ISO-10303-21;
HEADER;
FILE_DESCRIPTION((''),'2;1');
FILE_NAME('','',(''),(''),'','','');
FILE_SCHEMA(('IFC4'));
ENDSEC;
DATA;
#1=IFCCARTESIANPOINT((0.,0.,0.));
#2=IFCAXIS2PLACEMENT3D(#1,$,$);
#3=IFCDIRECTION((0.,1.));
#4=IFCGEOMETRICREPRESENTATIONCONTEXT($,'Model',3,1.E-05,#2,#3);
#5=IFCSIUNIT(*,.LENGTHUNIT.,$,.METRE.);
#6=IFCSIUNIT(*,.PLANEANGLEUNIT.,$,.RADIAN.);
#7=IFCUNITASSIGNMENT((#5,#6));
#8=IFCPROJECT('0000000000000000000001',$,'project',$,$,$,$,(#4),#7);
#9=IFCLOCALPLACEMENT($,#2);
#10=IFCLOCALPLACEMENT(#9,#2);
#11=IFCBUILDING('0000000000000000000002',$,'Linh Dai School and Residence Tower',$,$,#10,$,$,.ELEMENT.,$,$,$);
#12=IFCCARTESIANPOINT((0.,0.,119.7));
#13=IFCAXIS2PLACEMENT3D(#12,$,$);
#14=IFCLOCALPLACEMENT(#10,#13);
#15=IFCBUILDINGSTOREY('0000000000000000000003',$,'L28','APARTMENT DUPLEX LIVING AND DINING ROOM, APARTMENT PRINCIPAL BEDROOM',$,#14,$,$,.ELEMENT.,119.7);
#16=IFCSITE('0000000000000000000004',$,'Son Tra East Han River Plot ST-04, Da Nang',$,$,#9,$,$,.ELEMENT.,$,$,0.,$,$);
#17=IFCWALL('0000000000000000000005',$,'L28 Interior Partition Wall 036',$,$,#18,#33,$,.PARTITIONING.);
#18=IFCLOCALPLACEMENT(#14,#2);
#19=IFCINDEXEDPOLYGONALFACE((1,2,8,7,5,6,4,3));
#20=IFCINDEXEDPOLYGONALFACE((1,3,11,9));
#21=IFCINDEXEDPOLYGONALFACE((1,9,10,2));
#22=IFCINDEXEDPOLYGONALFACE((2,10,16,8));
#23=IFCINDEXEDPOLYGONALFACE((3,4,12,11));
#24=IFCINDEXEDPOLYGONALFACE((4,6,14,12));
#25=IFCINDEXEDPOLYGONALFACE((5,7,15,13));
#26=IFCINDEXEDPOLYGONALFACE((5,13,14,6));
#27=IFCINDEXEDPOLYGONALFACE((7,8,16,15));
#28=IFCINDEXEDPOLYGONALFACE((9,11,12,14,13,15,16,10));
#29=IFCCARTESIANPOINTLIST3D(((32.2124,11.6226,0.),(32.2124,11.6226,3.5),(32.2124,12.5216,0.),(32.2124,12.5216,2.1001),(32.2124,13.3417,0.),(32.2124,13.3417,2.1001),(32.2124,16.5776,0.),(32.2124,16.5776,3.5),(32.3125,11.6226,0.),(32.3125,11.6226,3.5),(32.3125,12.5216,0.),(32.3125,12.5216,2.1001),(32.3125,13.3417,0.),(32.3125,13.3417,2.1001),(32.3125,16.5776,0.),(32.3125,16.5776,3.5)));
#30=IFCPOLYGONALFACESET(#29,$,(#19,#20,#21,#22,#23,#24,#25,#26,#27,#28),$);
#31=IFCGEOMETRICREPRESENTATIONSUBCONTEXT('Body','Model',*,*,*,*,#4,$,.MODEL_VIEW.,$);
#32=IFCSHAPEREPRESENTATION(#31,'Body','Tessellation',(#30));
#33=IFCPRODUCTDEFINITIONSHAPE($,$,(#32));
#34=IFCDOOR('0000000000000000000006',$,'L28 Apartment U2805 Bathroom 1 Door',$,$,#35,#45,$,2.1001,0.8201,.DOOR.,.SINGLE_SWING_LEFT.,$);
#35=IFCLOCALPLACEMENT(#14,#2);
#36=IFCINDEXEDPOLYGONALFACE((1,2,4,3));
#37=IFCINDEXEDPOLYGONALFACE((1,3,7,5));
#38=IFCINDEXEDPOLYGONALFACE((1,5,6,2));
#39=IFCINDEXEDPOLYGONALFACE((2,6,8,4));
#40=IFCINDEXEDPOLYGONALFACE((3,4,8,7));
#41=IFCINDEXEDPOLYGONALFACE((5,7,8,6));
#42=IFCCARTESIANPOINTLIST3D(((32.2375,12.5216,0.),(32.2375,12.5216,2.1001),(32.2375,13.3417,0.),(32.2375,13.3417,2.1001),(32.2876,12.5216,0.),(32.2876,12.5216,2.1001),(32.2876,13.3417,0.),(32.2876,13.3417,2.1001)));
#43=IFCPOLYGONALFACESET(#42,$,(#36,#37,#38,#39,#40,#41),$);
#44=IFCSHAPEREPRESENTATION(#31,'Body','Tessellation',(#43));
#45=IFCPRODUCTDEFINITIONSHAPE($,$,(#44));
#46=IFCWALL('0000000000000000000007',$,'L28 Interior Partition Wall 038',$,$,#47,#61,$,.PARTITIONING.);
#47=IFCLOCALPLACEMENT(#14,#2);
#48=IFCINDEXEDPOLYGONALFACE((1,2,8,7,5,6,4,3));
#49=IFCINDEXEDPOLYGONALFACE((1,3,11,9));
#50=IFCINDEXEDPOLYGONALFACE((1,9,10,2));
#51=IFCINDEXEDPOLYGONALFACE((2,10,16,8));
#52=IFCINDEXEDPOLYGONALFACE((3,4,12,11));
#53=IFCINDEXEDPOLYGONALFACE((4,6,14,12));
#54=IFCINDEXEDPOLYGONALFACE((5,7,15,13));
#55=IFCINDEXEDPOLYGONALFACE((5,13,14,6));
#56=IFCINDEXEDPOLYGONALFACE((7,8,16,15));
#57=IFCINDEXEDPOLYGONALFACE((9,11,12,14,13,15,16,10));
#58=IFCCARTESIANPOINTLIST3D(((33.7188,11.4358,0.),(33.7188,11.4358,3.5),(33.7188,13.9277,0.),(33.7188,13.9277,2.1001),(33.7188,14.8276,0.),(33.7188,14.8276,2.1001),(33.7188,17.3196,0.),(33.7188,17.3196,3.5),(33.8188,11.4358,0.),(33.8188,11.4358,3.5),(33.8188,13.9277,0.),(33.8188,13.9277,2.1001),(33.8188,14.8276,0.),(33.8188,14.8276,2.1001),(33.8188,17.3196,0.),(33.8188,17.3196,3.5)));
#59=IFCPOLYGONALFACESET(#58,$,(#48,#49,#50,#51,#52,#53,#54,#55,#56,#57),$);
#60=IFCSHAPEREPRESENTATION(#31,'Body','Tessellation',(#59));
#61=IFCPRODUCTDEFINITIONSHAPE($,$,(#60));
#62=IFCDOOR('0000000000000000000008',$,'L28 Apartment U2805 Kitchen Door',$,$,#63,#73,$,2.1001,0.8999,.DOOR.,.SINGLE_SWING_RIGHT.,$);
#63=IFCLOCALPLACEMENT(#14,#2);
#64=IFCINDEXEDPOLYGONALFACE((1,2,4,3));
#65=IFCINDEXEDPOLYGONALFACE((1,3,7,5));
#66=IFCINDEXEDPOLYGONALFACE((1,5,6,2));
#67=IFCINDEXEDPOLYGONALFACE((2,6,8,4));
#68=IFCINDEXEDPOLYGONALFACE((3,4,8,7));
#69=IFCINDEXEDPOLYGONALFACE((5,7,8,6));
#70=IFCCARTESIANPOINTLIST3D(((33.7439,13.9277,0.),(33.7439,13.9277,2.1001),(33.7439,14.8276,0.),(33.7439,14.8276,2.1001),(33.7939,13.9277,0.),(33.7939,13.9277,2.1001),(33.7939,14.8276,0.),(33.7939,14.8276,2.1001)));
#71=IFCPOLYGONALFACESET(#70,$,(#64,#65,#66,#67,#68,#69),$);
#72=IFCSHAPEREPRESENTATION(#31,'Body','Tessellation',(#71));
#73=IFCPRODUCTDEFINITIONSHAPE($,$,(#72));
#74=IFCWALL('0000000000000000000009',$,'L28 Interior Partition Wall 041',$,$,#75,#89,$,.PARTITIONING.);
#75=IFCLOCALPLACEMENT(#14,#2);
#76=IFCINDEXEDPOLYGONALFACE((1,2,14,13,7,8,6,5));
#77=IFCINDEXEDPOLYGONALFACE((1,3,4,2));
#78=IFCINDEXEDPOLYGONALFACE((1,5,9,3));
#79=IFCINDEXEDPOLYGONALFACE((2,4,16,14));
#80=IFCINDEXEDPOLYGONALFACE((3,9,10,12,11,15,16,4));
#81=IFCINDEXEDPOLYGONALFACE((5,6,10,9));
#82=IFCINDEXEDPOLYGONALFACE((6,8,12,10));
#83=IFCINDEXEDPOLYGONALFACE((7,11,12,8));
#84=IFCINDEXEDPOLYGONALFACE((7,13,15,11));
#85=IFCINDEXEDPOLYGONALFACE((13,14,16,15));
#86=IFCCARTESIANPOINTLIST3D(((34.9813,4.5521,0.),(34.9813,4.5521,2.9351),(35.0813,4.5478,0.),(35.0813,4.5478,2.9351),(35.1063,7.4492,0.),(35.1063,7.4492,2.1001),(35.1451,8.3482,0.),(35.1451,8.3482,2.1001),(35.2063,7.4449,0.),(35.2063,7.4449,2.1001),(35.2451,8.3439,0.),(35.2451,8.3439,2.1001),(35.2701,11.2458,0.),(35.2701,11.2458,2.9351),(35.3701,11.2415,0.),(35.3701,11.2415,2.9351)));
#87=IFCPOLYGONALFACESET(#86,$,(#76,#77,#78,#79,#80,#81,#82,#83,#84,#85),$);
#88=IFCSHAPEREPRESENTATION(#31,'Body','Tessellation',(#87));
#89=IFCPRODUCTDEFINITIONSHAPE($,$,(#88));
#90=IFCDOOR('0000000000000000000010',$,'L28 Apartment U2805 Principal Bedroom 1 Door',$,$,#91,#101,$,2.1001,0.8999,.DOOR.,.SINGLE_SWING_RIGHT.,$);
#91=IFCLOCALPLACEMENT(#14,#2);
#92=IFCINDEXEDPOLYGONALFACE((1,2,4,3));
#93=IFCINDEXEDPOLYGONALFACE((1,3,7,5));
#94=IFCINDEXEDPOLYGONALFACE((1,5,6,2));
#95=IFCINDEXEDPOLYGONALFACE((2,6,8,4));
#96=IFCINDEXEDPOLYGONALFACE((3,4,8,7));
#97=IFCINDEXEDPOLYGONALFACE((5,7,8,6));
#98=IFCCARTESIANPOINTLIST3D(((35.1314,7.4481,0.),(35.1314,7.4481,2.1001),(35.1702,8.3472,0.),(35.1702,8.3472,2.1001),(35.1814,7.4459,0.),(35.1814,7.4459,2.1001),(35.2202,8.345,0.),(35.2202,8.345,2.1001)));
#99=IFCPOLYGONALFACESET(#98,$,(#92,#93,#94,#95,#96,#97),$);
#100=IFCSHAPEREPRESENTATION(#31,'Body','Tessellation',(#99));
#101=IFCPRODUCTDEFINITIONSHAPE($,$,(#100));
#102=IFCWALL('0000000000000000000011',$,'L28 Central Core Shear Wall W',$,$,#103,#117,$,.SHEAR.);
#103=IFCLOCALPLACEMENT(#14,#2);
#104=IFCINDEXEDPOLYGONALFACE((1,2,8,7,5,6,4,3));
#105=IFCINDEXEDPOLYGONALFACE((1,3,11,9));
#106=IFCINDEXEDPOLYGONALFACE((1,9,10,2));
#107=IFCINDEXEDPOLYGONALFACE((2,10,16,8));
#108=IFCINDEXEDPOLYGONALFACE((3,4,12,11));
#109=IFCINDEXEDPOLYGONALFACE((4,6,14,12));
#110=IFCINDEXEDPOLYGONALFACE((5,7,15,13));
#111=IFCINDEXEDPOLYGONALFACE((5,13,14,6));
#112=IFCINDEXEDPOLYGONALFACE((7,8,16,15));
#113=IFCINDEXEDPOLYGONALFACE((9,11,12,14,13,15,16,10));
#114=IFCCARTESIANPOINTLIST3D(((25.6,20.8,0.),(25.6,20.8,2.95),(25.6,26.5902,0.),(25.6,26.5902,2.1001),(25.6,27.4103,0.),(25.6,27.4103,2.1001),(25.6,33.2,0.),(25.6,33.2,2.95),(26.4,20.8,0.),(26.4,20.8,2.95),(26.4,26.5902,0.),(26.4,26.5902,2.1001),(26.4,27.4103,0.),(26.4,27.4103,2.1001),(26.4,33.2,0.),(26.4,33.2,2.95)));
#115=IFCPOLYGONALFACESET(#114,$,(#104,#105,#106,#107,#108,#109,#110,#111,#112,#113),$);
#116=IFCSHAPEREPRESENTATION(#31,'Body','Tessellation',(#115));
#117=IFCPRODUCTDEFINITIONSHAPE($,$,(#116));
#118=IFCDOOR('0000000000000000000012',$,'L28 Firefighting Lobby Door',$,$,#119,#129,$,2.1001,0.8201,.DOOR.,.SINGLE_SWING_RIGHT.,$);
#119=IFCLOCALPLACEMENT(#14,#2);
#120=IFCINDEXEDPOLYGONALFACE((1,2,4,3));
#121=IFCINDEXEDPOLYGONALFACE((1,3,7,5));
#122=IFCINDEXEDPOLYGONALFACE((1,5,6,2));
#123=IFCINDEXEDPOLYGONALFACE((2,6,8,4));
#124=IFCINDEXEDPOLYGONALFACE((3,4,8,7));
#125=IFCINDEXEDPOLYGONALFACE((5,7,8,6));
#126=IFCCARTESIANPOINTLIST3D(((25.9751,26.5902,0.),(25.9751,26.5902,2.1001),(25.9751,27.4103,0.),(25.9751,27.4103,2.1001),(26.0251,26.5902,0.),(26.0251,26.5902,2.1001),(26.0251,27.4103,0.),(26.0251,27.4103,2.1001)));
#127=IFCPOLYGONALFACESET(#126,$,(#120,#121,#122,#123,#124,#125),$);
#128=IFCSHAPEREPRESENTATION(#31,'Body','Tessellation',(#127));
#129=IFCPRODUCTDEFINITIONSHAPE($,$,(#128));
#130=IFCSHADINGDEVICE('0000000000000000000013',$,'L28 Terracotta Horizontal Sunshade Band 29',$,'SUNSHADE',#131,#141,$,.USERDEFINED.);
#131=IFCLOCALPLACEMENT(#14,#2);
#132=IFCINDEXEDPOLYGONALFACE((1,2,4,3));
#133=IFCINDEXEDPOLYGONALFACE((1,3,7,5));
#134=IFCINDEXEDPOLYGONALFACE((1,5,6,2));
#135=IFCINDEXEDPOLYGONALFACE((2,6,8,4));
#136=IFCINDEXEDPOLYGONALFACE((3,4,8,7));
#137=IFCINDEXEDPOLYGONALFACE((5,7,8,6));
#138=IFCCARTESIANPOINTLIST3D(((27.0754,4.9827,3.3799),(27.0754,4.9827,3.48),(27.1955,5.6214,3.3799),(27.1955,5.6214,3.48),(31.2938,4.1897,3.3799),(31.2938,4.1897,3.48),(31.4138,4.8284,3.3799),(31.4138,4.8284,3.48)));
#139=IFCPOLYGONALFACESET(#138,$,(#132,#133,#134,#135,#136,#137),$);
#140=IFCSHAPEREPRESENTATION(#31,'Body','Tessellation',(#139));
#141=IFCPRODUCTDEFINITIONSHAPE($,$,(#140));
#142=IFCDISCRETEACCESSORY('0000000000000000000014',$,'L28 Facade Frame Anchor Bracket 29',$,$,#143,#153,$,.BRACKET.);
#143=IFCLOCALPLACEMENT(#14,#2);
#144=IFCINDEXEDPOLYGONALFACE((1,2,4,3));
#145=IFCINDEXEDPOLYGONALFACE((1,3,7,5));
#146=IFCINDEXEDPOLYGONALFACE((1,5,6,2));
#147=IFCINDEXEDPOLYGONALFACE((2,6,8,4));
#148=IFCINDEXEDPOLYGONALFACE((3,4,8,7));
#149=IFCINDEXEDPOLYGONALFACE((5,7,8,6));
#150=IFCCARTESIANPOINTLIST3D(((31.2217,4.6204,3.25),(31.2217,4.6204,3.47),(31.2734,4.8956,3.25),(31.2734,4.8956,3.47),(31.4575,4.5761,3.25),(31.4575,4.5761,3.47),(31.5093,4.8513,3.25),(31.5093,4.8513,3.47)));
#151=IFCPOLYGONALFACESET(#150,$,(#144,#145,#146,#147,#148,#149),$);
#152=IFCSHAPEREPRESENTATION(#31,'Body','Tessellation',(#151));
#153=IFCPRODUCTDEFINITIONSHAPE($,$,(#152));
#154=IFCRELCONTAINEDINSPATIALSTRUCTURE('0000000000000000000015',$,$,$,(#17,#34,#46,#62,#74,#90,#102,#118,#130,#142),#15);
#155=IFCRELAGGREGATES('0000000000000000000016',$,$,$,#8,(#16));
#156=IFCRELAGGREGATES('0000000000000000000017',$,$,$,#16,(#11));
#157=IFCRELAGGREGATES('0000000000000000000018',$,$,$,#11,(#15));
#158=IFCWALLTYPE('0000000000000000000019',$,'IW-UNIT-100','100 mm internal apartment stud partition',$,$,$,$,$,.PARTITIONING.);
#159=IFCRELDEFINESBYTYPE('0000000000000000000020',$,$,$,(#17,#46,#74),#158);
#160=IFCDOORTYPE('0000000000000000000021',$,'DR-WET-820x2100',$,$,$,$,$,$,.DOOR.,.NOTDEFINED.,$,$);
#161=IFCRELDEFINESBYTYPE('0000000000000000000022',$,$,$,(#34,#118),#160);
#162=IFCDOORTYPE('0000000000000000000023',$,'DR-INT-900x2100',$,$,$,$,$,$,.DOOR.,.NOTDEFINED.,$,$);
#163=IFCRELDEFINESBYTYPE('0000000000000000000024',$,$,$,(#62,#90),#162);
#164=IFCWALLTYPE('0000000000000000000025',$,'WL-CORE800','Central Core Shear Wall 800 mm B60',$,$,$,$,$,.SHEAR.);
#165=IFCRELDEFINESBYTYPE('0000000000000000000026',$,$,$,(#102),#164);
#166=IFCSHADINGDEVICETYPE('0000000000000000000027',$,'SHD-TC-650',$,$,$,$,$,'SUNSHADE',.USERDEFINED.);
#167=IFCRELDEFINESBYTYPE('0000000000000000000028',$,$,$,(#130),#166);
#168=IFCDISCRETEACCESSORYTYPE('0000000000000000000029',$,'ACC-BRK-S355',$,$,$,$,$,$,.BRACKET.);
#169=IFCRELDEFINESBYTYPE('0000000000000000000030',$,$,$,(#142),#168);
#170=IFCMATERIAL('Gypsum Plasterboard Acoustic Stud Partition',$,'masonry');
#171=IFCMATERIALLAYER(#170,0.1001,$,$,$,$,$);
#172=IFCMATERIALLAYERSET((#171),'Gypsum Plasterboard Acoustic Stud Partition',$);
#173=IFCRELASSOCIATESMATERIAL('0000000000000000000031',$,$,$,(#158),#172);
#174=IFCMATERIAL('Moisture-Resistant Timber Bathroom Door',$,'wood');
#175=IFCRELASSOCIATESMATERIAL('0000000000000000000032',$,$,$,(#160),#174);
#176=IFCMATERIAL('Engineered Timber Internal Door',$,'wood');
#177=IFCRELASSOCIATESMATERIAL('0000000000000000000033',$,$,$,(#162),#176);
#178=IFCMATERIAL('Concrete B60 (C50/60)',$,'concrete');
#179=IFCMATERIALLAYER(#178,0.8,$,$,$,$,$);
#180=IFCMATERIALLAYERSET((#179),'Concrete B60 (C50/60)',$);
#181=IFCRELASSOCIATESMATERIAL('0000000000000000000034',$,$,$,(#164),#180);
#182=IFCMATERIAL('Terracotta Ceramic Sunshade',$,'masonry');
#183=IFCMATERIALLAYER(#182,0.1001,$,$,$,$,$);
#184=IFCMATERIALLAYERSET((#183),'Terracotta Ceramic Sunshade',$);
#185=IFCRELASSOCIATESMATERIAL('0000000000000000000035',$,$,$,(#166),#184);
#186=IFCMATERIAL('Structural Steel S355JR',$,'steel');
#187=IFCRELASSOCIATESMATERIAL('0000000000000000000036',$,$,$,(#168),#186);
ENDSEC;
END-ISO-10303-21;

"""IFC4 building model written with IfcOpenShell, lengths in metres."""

from ifc_helpers import new_model, si_unit, direction, frame, frame_2d, origin, origin_2d, place, context, subcontext, project, spatial, rectangle, extrude, source, transform, mapped, material, layer, layer_set, type_object, element, fill, save


model = new_model("IFC4")

# Units and contexts
model_context = context("Model", 3, precision=1e-05, world=origin(), true_north=direction((0.0, 1.0)))
body_context = subcontext(model_context, "Body", "Model", "MODEL_VIEW")
ifc_project = project(units=[si_unit("LENGTHUNIT", "METRE"), si_unit("PLANEANGLEUNIT", "RADIAN")], contexts=[model_context])

# Site, building, storey
site_placement = place(None, origin())
site = spatial("IfcSite", under=ifc_project, at=site_placement, Name="Son Tra East Han River Plot ST-04, Da Nang", CompositionType="ELEMENT", RefElevation=0.0)
building_placement = place(site_placement, origin())
building = spatial("IfcBuilding", under=site, at=building_placement, Name="Linh Dai School and Residence Tower", CompositionType="ELEMENT")
storey_placement = place(building_placement, frame((0.0, 0.0, 119.7)))
storey = spatial("IfcBuildingStorey", under=building, at=storey_placement, Name="L28", Description="APARTMENT DUPLEX LIVING AND DINING ROOM, APARTMENT PRINCIPAL BEDROOM", CompositionType="ELEMENT", Elevation=119.7)

# Shared definitions
ifc_material_1 = material(Name="Structural Steel S355JR", Category="steel")

# Shared definitions
ifc_material_2 = material(Name="Gypsum Plasterboard Acoustic Stud Partition", Category="masonry")
ifc_layer_1 = layer(ifc_material_2, 0.1001)
ifc_layer_set_1 = layer_set([ifc_layer_1], Name="Gypsum Plasterboard Acoustic Stud Partition")
wall_type_1 = type_object("IfcWallType", Name="IW-UNIT-100", Description="100 mm internal apartment stud partition", PredefinedType="PARTITIONING", material=ifc_layer_set_1)

# Walls, openings, doors
wall_1_placement = place(storey_placement, frame((32.2625, 11.6226, 0.0), z_axis=(0.0, 0.0, 1.0), x_axis=(0.0, 1.0, 0.0)))
wall_1 = element("IfcWall", 1, at=wall_1_placement, inside=storey, type_object=wall_type_1, Name="L28 Interior Partition Wall 036", PredefinedType="PARTITIONING", context=body_context, shape_type="SweptSolid", body=[
    extrude(rectangle(XDim=4.9551, YDim=0.1001, at=frame_2d((2.4775, 0.0))), origin(), (0.0, 0.0, 1.0), 3.5),
])
opening_1_placement = place(wall_1_placement, frame((0.8989, 0.0, 0.0)))
opening_1 = element("IfcOpeningElement", 2, at=opening_1_placement, cuts=wall_1, PredefinedType="OPENING", context=body_context, shape_type="SweptSolid", body=[
    extrude(rectangle(XDim=0.8201, YDim=2.1001, at=origin_2d()), frame((0.4102, 0.0601, 1.05), z_axis=(0.0, -1.0, 0.0), x_axis=(1.0, 0.0, 0.0)), (0.0, 0.0, 1.0), 0.1201),
])
ifc_material_3 = material(Name="Moisture-Resistant Timber Bathroom Door", Category="wood")
door_type_1 = type_object("IfcDoorType", Name="DR-WET-820x2100", OperationType="NOTDEFINED", PredefinedType="DOOR", material=ifc_material_3)
shared_shape_1 = source(origin(), body_context, "Body", "SweptSolid", [
    extrude(rectangle(XDim=0.8201, YDim=2.1001, at=origin_2d()), frame((0.4102, 0.0249, 1.05), z_axis=(0.0, -1.0, 0.0), x_axis=(1.0, 0.0, 0.0)), (0.0, 0.0, 1.0), 0.05),
])
door_1_placement = place(opening_1_placement, origin())
door_1 = element("IfcDoor", 3, at=door_1_placement, inside=storey, type_object=door_type_1, Name="L28 Apartment U2805 Bathroom 1 Door", OperationType="SINGLE_SWING_LEFT", OverallHeight=2.1001, OverallWidth=0.8201, PredefinedType="DOOR", context=body_context, shape_type="MappedRepresentation", body=[
    mapped(shared_shape_1, transform((0.0, 0.0, 0.0), x_axis=(1.0, 0.0, 0.0), y_axis=(0.0, 1.0, 0.0), z_axis=(0.0, 0.0, 1.0), scale=1.0)),
])
fill(opening_1, door_1)
wall_2_placement = place(storey_placement, frame((33.7688, 11.4358, 0.0), z_axis=(0.0, 0.0, 1.0), x_axis=(0.0, 1.0, 0.0)))
wall_2 = element("IfcWall", 4, at=wall_2_placement, inside=storey, type_object=wall_type_1, Name="L28 Interior Partition Wall 038", PredefinedType="PARTITIONING", context=body_context, shape_type="SweptSolid", body=[
    extrude(rectangle(XDim=5.8838, YDim=0.1001, at=frame_2d((2.9419, 0.0))), origin(), (0.0, 0.0, 1.0), 3.5),
])
opening_2_placement = place(wall_2_placement, frame((2.4919, 0.0, 0.0)))
opening_2 = element("IfcOpeningElement", 5, at=opening_2_placement, cuts=wall_2, PredefinedType="OPENING", context=body_context, shape_type="SweptSolid", body=[
    extrude(rectangle(XDim=0.8999, YDim=2.1001, at=origin_2d()), frame((0.45, 0.0601, 1.05), z_axis=(0.0, -1.0, 0.0), x_axis=(1.0, 0.0, 0.0)), (0.0, 0.0, 1.0), 0.1201),
])
ifc_material_4 = material(Name="Engineered Timber Internal Door", Category="wood")
door_type_2 = type_object("IfcDoorType", Name="DR-INT-900x2100", OperationType="NOTDEFINED", PredefinedType="DOOR", material=ifc_material_4)
shared_shape_2 = source(origin(), body_context, "Body", "SweptSolid", [
    extrude(rectangle(XDim=0.8999, YDim=2.1001, at=origin_2d()), frame((0.45, 0.0249, 1.05), z_axis=(0.0, -1.0, 0.0), x_axis=(1.0, 0.0, 0.0)), (0.0, 0.0, 1.0), 0.05),
])
door_2_placement = place(opening_2_placement, origin())
door_2 = element("IfcDoor", 6, at=door_2_placement, inside=storey, type_object=door_type_2, Name="L28 Apartment U2805 Kitchen Door", OperationType="SINGLE_SWING_RIGHT", OverallHeight=2.1001, OverallWidth=0.8999, PredefinedType="DOOR", context=body_context, shape_type="MappedRepresentation", body=[
    mapped(shared_shape_2, transform((0.0, 0.0, 0.0), x_axis=(1.0, 0.0, 0.0), y_axis=(0.0, 1.0, 0.0), z_axis=(0.0, 0.0, 1.0), scale=1.0)),
])
fill(opening_2, door_2)
wall_3_placement = place(storey_placement, frame((35.0312, 4.5498, 0.0), z_axis=(0.0, 0.0, 1.0), x_axis=(0.043108, 0.99907, 0.0)))
wall_3 = element("IfcWall", 7, at=wall_3_placement, inside=storey, type_object=wall_type_1, Name="L28 Interior Partition Wall 041", PredefinedType="PARTITIONING", context=body_context, shape_type="SweptSolid", body=[
    extrude(rectangle(XDim=6.7, YDim=0.1001, at=frame_2d((3.3501, 0.0))), origin(), (0.0, 0.0, 1.0), 2.9351),
])
opening_3_placement = place(wall_3_placement, frame((2.8999, 0.0, 0.0)))
opening_3 = element("IfcOpeningElement", 8, at=opening_3_placement, cuts=wall_3, PredefinedType="OPENING", context=body_context, shape_type="SweptSolid", body=[
    extrude(rectangle(XDim=0.8999, YDim=2.1001, at=origin_2d()), frame((0.45, 0.0601, 1.05), z_axis=(0.0, -1.0, 0.0), x_axis=(1.0, 0.0, 0.0)), (0.0, 0.0, 1.0), 0.1201),
])
door_3_placement = place(opening_3_placement, origin())
door_3 = element("IfcDoor", 9, at=door_3_placement, inside=storey, type_object=door_type_2, Name="L28 Apartment U2805 Principal Bedroom 1 Door", OperationType="SINGLE_SWING_RIGHT", OverallHeight=2.1001, OverallWidth=0.8999, PredefinedType="DOOR", context=body_context, shape_type="MappedRepresentation", body=[
    mapped(shared_shape_2, transform((0.0, 0.0, 0.0), x_axis=(1.0, 0.0, 0.0), y_axis=(0.0, 1.0, 0.0), z_axis=(0.0, 0.0, 1.0), scale=1.0)),
])
fill(opening_3, door_3)
ifc_material_5 = material(Name="Concrete B60 (C50/60)", Category="concrete")
ifc_layer_2 = layer(ifc_material_5, 0.8)
ifc_layer_set_2 = layer_set([ifc_layer_2], Name="Concrete B60 (C50/60)")
wall_type_2 = type_object("IfcWallType", Name="WL-CORE800", Description="Central Core Shear Wall 800 mm B60", PredefinedType="SHEAR", material=ifc_layer_set_2)
wall_4_placement = place(storey_placement, frame((26.0, 20.8, 0.0), z_axis=(0.0, 0.0, 1.0), x_axis=(0.0, 1.0, 0.0)))
wall_4 = element("IfcWall", 10, at=wall_4_placement, inside=storey, type_object=wall_type_2, Name="L28 Central Core Shear Wall W", PredefinedType="SHEAR", context=body_context, shape_type="SweptSolid", body=[
    extrude(rectangle(XDim=12.3999, YDim=0.8, at=frame_2d((6.2, 0.0))), origin(), (0.0, 0.0, 1.0), 2.95),
])
opening_4_placement = place(wall_4_placement, frame((5.79, 0.0, 0.0)))
opening_4 = element("IfcOpeningElement", 11, at=opening_4_placement, cuts=wall_4, PredefinedType="OPENING", context=body_context, shape_type="SweptSolid", body=[
    extrude(rectangle(XDim=0.8201, YDim=2.1001, at=origin_2d()), frame((0.4102, 0.4102, 1.05), z_axis=(0.0, -1.0, 0.0), x_axis=(1.0, 0.0, 0.0)), (0.0, 0.0, 1.0), 0.8201),
])
door_4_placement = place(opening_4_placement, origin())
door_4 = element("IfcDoor", 12, at=door_4_placement, inside=storey, type_object=door_type_1, Name="L28 Firefighting Lobby Door", OperationType="SINGLE_SWING_RIGHT", OverallHeight=2.1001, OverallWidth=0.8201, PredefinedType="DOOR", context=body_context, shape_type="MappedRepresentation", body=[
    mapped(shared_shape_1, transform((0.0, 0.0, 0.0), x_axis=(1.0, 0.0, 0.0), y_axis=(0.0, 1.0, 0.0), z_axis=(0.0, 0.0, 1.0), scale=1.0)),
])
fill(opening_4, door_4)

# Shading device
ifc_material_6 = material(Name="Terracotta Ceramic Sunshade", Category="masonry")
ifc_layer_3 = layer(ifc_material_6, 0.1001)
ifc_layer_set_3 = layer_set([ifc_layer_3], Name="Terracotta Ceramic Sunshade")
shading_device_type = type_object("IfcShadingDeviceType", Name="SHD-TC-650", ElementType="SUNSHADE", PredefinedType="USERDEFINED", material=ifc_layer_set_3)
shared_shape_3 = source(origin(), body_context, "Body", "SweptSolid", [
    extrude(rectangle(XDim=4.2922, YDim=0.6499, at=origin_2d()), origin(), (0.0, 0.0, 1.0), 0.1001),
])
shading_device_placement = place(storey_placement, frame((29.2446, 4.9055, 3.3799), z_axis=(0.0, 0.0, 1.0), x_axis=(-0.982785, 0.184755, 0.0)))
element("IfcShadingDevice", 13, at=shading_device_placement, inside=storey, type_object=shading_device_type, Name="L28 Terracotta Horizontal Sunshade Band 29", ObjectType="SUNSHADE", PredefinedType="USERDEFINED", context=body_context, shape_type="MappedRepresentation", body=[
    mapped(shared_shape_3, transform((0.0, 0.0, 0.0), x_axis=(1.0, 0.0, 0.0), y_axis=(0.0, 1.0, 0.0), z_axis=(0.0, 0.0, 1.0), scale=1.0)),
])

# Discrete accessory
discrete_accessory_type = type_object("IfcDiscreteAccessoryType", Name="ACC-BRK-S355", PredefinedType="BRACKET", material=ifc_material_1)
shared_shape_4 = source(origin(), body_context, "Body", "SweptSolid", [
    extrude(rectangle(XDim=0.28, YDim=0.24, at=origin_2d()), origin(), (0.0, 0.0, 1.0), 0.22),
])
discrete_accessory_placement = place(storey_placement, frame((31.3655, 4.7358, 3.25), z_axis=(0.0, 0.0, 1.0), x_axis=(-0.184755, -0.982785, 0.0)))
element("IfcDiscreteAccessory", 14, at=discrete_accessory_placement, inside=storey, type_object=discrete_accessory_type, Name="L28 Facade Frame Anchor Bracket 29", PredefinedType="BRACKET", context=body_context, shape_type="MappedRepresentation", body=[
    mapped(shared_shape_4, transform((0.0, 0.0, 0.0), x_axis=(1.0, 0.0, 0.0), y_axis=(0.0, 1.0, 0.0), z_axis=(0.0, 0.0, 1.0), scale=1.0)),
])

save(model, "model.ifc")
